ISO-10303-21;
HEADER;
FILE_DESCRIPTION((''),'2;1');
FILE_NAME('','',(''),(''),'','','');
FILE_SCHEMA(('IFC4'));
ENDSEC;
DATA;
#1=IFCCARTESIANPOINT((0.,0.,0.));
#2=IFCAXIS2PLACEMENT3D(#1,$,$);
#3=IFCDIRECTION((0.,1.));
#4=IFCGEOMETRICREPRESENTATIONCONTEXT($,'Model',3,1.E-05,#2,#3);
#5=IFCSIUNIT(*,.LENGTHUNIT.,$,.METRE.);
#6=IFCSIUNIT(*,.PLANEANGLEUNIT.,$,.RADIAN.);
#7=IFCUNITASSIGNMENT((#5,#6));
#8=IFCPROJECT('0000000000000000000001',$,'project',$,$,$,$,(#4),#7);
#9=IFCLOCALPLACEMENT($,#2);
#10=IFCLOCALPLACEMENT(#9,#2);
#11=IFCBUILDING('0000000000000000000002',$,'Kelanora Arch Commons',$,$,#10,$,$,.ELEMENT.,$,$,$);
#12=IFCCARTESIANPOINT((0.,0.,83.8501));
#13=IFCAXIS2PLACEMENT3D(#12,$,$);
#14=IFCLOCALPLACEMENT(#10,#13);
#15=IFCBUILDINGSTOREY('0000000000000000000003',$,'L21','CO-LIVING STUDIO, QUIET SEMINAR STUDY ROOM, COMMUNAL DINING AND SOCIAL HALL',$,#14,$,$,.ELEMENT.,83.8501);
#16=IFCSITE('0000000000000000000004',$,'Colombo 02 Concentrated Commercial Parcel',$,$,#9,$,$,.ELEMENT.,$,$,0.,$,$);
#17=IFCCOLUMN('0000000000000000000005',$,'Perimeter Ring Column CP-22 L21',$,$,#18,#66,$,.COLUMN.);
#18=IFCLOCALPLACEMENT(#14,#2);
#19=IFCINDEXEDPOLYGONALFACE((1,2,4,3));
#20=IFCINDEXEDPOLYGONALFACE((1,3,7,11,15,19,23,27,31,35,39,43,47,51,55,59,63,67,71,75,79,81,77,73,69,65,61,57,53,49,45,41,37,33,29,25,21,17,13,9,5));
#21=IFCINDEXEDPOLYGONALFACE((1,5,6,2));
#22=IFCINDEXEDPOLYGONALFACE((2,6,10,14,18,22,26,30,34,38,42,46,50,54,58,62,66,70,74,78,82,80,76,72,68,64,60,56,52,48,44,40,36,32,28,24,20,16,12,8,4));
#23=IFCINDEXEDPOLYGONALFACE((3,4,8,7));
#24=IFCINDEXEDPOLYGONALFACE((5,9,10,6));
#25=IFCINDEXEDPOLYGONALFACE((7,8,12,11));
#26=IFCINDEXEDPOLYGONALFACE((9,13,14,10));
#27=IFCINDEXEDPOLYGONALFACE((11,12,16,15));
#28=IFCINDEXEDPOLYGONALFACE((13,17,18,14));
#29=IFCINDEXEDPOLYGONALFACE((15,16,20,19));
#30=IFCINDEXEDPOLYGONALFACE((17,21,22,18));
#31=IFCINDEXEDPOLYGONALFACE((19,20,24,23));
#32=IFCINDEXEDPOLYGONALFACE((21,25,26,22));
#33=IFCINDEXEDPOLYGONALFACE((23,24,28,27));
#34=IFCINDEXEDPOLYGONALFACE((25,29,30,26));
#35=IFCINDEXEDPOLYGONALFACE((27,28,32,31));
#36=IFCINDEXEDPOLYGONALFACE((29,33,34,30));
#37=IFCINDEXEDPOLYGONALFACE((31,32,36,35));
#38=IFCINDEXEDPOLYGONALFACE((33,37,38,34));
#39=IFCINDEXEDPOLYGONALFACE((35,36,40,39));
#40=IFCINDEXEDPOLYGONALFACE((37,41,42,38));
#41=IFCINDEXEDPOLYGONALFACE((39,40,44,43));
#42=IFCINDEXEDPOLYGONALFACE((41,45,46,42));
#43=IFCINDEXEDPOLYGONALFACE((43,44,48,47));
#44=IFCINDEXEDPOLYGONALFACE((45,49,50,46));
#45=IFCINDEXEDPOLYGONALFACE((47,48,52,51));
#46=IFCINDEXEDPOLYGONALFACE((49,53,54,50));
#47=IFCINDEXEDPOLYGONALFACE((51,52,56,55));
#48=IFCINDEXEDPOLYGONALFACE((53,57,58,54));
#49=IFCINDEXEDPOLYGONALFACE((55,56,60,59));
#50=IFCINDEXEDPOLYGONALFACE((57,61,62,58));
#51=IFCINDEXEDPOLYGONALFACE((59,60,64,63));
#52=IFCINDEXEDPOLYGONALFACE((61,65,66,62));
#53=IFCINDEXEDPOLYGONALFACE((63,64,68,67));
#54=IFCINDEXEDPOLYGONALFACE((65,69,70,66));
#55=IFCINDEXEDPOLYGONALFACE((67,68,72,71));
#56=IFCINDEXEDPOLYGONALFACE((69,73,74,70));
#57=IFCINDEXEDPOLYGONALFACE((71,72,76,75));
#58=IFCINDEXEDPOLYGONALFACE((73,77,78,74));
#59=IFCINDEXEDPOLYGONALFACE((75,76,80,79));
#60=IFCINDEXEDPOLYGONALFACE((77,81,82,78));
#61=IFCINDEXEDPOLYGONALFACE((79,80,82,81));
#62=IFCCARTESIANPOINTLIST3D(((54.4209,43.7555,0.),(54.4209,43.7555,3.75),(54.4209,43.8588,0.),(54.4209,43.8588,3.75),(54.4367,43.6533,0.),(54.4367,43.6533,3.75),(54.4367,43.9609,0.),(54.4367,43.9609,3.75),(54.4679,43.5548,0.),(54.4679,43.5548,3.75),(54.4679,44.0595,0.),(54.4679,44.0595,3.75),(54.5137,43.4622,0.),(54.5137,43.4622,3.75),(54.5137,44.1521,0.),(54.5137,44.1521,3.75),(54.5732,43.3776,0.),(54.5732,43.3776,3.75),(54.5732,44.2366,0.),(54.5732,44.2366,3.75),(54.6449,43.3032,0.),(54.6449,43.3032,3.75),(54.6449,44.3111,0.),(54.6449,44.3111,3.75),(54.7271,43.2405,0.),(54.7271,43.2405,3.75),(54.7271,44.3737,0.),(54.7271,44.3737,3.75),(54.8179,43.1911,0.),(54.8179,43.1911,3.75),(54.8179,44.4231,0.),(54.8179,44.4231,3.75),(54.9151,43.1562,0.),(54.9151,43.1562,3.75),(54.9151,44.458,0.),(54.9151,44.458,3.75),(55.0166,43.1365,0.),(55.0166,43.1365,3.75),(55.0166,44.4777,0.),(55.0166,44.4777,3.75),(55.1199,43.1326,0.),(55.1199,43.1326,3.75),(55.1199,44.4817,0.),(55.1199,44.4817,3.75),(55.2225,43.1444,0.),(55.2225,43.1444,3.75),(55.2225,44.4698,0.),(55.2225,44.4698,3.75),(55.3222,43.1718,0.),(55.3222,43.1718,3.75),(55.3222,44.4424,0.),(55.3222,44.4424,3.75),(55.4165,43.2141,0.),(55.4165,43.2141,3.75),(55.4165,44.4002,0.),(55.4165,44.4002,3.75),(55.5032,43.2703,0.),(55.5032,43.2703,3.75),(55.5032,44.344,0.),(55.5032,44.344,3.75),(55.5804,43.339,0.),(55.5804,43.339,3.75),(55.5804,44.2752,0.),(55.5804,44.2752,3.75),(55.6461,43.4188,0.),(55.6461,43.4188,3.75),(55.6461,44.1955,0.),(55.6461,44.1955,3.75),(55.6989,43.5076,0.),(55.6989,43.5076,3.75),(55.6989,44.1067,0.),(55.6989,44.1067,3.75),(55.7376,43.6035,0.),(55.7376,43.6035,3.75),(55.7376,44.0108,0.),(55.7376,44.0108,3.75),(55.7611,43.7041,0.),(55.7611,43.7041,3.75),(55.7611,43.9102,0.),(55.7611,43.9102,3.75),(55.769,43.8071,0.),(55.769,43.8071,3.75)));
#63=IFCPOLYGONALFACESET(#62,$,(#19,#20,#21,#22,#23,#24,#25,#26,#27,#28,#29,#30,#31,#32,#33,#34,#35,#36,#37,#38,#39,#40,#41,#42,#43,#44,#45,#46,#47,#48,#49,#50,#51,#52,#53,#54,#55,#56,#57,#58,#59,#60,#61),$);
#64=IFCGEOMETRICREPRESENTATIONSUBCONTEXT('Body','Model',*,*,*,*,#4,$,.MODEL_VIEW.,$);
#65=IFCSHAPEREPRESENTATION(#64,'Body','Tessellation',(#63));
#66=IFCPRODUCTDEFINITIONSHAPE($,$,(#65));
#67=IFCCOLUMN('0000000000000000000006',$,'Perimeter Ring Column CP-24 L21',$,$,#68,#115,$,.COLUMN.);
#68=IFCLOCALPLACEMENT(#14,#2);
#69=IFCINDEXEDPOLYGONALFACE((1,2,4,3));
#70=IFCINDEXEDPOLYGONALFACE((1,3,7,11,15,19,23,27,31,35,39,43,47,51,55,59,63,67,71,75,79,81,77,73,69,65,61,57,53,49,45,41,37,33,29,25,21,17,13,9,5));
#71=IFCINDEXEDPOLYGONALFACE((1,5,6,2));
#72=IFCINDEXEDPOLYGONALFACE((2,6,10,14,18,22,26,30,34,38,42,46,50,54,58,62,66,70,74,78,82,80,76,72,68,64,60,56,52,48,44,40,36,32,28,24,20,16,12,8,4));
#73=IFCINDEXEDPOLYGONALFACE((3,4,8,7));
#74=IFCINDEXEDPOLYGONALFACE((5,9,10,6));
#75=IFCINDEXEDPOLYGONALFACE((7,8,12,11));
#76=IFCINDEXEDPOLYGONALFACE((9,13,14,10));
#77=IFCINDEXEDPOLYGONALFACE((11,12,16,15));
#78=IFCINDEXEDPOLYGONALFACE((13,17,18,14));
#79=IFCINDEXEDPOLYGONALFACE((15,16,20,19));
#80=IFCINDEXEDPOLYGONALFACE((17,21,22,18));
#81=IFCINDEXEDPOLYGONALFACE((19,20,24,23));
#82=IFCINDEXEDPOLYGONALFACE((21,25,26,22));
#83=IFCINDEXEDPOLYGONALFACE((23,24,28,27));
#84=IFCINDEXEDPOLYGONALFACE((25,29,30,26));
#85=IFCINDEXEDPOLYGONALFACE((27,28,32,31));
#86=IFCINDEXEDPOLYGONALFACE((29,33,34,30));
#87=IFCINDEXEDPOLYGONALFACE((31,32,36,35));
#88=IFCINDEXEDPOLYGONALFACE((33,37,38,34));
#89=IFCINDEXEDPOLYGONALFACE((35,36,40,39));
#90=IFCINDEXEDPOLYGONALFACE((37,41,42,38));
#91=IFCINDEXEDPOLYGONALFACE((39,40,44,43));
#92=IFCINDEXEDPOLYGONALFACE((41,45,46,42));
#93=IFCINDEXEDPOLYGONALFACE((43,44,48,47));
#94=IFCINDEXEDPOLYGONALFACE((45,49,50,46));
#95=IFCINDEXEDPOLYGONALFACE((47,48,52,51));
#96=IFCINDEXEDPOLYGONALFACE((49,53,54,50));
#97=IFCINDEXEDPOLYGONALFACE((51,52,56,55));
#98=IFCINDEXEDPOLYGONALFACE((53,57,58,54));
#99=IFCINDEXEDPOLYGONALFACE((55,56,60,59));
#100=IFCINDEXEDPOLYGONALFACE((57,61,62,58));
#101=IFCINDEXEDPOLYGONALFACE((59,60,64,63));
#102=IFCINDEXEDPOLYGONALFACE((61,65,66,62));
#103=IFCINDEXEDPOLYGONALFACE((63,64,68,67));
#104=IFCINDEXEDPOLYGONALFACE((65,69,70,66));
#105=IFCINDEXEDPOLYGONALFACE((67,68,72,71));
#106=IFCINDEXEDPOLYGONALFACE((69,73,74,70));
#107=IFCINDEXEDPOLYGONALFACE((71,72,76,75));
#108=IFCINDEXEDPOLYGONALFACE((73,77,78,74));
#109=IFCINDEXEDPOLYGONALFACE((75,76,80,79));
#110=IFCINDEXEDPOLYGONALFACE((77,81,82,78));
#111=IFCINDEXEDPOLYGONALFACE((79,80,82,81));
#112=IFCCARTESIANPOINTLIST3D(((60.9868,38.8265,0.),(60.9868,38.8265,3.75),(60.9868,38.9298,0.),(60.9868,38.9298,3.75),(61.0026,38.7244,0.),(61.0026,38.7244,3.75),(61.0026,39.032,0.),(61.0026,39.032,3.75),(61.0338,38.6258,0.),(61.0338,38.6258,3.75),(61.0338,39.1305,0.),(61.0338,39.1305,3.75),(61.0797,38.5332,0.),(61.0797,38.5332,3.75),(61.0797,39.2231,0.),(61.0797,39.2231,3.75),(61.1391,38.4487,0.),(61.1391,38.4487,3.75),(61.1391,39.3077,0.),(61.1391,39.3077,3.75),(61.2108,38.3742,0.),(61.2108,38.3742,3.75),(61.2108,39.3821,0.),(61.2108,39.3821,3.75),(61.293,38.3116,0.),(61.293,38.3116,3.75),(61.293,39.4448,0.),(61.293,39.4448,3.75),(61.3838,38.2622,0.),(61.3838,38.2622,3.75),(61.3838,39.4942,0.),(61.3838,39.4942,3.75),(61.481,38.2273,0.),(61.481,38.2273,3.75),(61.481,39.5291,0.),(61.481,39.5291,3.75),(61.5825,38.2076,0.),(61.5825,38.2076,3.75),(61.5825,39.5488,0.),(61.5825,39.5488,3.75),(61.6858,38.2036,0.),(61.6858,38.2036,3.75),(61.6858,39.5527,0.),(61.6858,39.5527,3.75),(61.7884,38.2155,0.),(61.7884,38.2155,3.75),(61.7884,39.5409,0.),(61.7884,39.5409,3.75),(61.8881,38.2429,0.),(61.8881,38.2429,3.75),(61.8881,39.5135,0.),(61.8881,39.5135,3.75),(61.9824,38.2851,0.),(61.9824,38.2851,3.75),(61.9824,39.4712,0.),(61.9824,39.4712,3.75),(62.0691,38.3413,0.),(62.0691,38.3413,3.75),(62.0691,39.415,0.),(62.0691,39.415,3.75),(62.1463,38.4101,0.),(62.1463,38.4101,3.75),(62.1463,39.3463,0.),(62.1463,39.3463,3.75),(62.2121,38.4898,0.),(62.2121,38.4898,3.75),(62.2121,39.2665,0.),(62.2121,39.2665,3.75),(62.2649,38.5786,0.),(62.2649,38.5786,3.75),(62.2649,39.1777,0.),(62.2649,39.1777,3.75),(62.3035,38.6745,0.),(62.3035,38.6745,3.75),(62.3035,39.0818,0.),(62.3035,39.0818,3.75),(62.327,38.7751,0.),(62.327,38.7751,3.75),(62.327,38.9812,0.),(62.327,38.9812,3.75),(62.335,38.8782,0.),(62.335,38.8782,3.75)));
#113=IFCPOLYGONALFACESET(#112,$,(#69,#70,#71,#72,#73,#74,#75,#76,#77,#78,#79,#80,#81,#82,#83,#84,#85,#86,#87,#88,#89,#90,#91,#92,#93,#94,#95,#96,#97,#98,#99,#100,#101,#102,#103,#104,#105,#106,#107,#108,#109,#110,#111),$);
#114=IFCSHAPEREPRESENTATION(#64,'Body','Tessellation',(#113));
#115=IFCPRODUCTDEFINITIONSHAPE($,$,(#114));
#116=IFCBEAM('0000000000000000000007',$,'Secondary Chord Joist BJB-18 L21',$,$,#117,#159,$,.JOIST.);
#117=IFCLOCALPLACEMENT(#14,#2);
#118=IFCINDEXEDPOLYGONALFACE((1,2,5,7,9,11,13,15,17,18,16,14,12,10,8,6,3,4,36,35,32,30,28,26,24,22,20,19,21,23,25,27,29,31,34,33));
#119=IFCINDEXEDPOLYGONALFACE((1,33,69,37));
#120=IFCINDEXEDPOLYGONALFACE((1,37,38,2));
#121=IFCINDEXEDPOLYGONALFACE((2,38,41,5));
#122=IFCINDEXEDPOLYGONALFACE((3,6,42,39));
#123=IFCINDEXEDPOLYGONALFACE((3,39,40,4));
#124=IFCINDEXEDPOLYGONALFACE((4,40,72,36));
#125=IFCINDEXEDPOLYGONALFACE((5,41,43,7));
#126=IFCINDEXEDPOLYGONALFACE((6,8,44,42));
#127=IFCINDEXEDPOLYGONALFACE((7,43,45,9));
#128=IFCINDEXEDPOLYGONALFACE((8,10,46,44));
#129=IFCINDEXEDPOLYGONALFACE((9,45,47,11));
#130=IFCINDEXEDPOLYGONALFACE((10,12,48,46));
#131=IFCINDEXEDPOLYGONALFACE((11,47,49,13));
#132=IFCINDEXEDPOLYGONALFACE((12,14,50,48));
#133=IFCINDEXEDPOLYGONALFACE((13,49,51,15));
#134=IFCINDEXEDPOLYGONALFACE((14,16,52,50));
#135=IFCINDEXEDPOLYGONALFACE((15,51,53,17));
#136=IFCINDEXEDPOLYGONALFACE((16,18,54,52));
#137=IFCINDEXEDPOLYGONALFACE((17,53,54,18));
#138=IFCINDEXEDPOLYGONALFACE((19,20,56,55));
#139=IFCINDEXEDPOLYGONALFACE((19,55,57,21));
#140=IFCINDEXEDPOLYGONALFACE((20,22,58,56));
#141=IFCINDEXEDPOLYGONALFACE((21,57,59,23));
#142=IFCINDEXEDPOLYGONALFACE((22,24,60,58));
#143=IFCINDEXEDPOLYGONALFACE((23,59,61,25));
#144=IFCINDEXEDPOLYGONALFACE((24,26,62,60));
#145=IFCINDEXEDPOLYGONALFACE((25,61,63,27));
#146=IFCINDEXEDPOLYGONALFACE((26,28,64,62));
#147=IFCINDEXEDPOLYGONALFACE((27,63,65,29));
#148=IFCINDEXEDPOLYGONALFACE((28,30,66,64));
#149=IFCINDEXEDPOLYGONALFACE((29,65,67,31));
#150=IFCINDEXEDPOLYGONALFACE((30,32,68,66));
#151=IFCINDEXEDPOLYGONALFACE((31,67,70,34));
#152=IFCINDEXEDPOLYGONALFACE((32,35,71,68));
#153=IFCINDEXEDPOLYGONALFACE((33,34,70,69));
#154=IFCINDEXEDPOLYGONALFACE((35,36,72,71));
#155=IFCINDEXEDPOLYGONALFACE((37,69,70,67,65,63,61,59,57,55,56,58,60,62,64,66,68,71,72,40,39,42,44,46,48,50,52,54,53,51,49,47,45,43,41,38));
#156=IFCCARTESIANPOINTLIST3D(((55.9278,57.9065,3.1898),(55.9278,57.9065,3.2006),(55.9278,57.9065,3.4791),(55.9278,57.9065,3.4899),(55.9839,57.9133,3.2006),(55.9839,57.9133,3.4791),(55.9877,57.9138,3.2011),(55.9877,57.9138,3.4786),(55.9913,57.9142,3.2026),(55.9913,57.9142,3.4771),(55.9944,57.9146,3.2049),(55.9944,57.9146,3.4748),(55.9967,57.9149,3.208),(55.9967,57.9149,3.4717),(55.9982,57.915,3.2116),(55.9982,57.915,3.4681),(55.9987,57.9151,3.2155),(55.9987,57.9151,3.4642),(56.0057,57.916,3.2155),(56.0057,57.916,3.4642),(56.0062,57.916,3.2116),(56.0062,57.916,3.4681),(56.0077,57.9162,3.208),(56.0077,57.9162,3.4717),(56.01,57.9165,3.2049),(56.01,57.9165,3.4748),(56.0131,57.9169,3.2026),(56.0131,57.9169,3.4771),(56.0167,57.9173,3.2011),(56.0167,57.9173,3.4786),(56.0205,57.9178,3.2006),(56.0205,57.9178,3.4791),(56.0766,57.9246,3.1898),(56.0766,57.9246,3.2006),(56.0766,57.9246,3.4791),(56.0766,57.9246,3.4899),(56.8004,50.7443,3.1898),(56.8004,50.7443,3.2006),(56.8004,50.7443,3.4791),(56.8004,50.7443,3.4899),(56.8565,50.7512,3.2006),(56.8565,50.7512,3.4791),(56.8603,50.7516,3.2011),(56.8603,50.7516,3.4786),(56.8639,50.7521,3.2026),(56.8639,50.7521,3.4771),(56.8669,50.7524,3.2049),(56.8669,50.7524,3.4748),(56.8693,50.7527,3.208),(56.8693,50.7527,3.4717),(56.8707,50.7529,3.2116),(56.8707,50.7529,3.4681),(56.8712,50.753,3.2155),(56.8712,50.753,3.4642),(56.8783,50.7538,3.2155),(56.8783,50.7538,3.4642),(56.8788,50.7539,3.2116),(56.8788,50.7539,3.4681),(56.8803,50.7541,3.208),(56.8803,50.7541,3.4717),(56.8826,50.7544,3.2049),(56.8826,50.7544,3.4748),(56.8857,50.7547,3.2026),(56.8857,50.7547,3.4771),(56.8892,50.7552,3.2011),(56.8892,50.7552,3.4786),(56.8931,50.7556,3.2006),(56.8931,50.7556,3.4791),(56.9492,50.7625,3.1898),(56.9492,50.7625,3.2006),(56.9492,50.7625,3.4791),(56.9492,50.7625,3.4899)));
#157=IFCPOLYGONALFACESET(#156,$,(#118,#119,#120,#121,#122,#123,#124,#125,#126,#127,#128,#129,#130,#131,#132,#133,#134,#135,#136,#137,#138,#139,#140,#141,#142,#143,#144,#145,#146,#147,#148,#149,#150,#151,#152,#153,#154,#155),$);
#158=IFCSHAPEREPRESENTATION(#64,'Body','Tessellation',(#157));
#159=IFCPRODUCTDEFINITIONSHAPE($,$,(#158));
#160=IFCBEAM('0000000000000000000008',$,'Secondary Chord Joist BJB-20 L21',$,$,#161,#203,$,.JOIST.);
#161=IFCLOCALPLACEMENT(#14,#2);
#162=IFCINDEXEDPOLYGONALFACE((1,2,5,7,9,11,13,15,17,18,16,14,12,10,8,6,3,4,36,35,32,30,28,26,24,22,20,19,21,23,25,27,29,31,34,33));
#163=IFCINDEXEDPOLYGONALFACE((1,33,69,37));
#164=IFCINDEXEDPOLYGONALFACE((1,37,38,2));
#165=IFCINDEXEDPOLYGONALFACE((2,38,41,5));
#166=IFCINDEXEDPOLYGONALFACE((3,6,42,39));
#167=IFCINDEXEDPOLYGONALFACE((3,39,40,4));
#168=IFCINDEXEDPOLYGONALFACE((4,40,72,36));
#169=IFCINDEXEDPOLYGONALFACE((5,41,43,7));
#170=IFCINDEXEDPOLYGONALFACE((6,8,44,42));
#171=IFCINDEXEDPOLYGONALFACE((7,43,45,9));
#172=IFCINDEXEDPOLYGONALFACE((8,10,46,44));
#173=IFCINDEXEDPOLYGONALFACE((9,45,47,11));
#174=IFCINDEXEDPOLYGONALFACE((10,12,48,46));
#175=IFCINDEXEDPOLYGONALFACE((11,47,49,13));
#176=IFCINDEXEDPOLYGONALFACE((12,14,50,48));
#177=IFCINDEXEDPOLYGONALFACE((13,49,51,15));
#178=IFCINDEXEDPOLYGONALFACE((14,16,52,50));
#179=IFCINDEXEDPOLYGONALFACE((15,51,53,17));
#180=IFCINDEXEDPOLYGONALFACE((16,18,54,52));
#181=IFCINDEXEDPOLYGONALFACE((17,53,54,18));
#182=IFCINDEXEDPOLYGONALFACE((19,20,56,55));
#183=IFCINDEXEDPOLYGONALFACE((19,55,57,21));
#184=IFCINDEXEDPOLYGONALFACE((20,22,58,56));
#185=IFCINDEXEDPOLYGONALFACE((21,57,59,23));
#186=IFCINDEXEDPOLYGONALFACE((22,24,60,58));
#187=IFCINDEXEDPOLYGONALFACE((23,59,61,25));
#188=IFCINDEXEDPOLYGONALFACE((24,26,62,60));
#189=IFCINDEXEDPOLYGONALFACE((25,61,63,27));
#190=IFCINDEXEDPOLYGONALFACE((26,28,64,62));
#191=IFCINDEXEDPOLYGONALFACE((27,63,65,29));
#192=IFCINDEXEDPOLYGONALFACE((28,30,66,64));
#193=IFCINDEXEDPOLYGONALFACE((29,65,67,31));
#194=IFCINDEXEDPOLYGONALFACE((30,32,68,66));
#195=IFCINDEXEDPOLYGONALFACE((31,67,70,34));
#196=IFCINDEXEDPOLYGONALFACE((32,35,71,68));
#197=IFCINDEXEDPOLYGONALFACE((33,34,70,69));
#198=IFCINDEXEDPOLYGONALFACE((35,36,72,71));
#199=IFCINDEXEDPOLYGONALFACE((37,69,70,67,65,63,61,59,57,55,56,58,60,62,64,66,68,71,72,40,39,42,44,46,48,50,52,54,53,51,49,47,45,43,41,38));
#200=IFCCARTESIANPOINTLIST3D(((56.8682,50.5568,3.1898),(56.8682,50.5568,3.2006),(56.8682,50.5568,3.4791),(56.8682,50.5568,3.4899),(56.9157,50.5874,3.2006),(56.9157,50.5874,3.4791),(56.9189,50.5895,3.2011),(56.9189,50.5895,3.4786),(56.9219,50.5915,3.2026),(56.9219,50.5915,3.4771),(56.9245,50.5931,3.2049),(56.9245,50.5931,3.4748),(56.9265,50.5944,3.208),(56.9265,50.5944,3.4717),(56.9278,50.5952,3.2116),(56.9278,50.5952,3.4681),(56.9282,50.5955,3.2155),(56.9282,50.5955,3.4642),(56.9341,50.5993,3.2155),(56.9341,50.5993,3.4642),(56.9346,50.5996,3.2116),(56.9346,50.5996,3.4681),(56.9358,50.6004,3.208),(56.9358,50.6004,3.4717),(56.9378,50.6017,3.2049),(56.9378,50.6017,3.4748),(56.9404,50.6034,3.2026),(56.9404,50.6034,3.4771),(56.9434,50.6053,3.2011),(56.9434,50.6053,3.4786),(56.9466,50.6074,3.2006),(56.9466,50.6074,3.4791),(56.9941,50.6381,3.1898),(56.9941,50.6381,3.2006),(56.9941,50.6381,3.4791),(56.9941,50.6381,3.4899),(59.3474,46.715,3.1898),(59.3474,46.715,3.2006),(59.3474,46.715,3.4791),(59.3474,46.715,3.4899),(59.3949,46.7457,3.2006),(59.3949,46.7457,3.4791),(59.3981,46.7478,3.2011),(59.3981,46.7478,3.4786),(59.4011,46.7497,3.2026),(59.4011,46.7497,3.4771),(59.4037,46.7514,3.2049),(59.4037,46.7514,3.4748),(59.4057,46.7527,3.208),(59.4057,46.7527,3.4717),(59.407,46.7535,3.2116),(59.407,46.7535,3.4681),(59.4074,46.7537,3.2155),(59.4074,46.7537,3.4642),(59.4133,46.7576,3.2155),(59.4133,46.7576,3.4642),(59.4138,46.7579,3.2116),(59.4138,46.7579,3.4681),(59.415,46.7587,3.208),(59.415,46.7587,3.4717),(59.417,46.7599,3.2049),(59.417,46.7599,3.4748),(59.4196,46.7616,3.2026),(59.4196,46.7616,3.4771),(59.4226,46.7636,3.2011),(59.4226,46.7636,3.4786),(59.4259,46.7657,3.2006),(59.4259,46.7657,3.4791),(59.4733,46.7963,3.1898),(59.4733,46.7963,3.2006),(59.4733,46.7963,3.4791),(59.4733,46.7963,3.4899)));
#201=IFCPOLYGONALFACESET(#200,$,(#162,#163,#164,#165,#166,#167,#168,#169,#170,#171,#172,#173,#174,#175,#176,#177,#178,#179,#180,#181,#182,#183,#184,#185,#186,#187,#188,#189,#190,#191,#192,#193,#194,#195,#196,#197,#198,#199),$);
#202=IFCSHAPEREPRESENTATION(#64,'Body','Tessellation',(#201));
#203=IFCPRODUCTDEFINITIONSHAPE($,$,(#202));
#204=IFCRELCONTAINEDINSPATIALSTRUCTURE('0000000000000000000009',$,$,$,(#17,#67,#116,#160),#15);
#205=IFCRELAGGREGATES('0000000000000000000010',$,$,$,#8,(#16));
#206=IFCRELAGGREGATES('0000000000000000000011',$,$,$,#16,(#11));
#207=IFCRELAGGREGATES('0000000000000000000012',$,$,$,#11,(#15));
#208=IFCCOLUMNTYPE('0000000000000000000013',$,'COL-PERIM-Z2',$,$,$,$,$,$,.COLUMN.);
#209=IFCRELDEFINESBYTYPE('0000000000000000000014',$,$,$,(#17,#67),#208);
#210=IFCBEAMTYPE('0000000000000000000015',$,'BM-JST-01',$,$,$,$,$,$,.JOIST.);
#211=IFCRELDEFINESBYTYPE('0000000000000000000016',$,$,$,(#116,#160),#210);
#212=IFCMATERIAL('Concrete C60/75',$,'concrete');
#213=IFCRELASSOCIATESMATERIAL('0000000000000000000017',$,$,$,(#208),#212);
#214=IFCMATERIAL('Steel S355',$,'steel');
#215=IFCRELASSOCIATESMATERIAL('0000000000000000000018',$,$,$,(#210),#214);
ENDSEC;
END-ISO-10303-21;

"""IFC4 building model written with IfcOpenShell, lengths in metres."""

from ifc_helpers import new_model, si_unit, direction, frame, origin, origin_2d, place, context, subcontext, project, spatial, circle, i_section, extrude, material, material_profile, profile_set, type_object, element, save


model = new_model("IFC4")

# Units and contexts
model_context = context("Model", 3, precision=1e-05, world=origin(), true_north=direction((0.0, 1.0)))
body_context = subcontext(model_context, "Body", "Model", "MODEL_VIEW")
ifc_project = project(units=[si_unit("LENGTHUNIT", "METRE"), si_unit("PLANEANGLEUNIT", "RADIAN")], contexts=[model_context])

# Site, building, storey
site_placement = place(None, origin())
site = spatial("IfcSite", under=ifc_project, at=site_placement, Name="Colombo 02 Concentrated Commercial Parcel", CompositionType="ELEMENT", RefElevation=0.0)
building_placement = place(site_placement, origin())
building = spatial("IfcBuilding", under=site, at=building_placement, Name="Kelanora Arch Commons", CompositionType="ELEMENT")
storey_placement = place(building_placement, frame((0.0, 0.0, 83.8501)))
storey = spatial("IfcBuildingStorey", under=building, at=storey_placement, Name="L21", Description="CO-LIVING STUDIO, QUIET SEMINAR STUDY ROOM, COMMUNAL DINING AND SOCIAL HALL", CompositionType="ELEMENT", Elevation=83.8501)

# Columns
ifc_material_1 = material(Name="Concrete C60/75", Category="concrete")
ifc_material_profile_1 = material_profile(ifc_material_1, circle(Radius=0.675, at=origin_2d()), Name="RCC1350")
ifc_profile_set_1 = profile_set([ifc_material_profile_1], Name="Concrete C60/75")
column_type = type_object("IfcColumnType", Name="COL-PERIM-Z2", PredefinedType="COLUMN", material=ifc_profile_set_1)
for number, where, z_axis, x_axis, name in (
    (1, (55.094, 43.8071, 0.0), (0.0, 0.0, 1.0), (1.0, 0.0, 0.0), "Perimeter Ring Column CP-22 L21"),
    (2, (61.6599, 38.8782, 0.0), (0.0, 0.0, 1.0), (1.0, 0.0, 0.0), "Perimeter Ring Column CP-24 L21"),
):
    element("IfcColumn", number, at=place(storey_placement, frame(where, z_axis=z_axis, x_axis=x_axis)), inside=storey, type_object=column_type, Name=name, PredefinedType="COLUMN", context=body_context, shape_type="SweptSolid", body=[
        extrude(circle(Radius=0.675, at=origin_2d()), origin(), (0.0, 0.0, 1.0), 3.75),
    ])

# Beams
ifc_material_2 = material(Name="Steel S355", Category="steel")
ifc_material_profile_2 = material_profile(ifc_material_2, i_section(OverallWidth=0.1499, OverallDepth=0.3, WebThickness=0.0071, FlangeThickness=0.0107, FilletRadius=0.0149, at=origin_2d()), Name="IPE300")
ifc_profile_set_2 = profile_set([ifc_material_profile_2], Name="Steel S355")
beam_type_1 = type_object("IfcBeamType", Name="BM-JST-01", PredefinedType="JOIST", material=ifc_profile_set_2)
beam_1_placement = place(storey_placement, frame((56.0022, 57.9155, 3.3398), z_axis=(0.120936, -0.99266, 0.0), x_axis=(0.99266, 0.120936, 0.0)))
element("IfcBeam", 3, at=beam_1_placement, inside=storey, type_object=beam_type_1, Name="Secondary Chord Joist BJB-18 L21", PredefinedType="JOIST", context=body_context, shape_type="SweptSolid", body=[
    extrude(i_section(OverallWidth=0.1499, OverallDepth=0.3, WebThickness=0.0071, FlangeThickness=0.0107, FilletRadius=0.0149, at=origin_2d()), origin(), (0.0, 0.0, 1.0), 7.2151),
])
beam_2_placement = place(storey_placement, frame((56.9312, 50.5974, 3.3398), z_axis=(0.54223, -0.84023, 0.0), x_axis=(0.84023, 0.54223, 0.0)))
element("IfcBeam", 4, at=beam_2_placement, inside=storey, type_object=beam_type_1, Name="Secondary Chord Joist BJB-20 L21", PredefinedType="JOIST", context=body_context, shape_type="SweptSolid", body=[
    extrude(i_section(OverallWidth=0.1499, OverallDepth=0.3, WebThickness=0.0071, FlangeThickness=0.0107, FilletRadius=0.0149, at=origin_2d()), origin(), (0.0, 0.0, 1.0), 4.5723),
])

save(model, "model.ifc")
